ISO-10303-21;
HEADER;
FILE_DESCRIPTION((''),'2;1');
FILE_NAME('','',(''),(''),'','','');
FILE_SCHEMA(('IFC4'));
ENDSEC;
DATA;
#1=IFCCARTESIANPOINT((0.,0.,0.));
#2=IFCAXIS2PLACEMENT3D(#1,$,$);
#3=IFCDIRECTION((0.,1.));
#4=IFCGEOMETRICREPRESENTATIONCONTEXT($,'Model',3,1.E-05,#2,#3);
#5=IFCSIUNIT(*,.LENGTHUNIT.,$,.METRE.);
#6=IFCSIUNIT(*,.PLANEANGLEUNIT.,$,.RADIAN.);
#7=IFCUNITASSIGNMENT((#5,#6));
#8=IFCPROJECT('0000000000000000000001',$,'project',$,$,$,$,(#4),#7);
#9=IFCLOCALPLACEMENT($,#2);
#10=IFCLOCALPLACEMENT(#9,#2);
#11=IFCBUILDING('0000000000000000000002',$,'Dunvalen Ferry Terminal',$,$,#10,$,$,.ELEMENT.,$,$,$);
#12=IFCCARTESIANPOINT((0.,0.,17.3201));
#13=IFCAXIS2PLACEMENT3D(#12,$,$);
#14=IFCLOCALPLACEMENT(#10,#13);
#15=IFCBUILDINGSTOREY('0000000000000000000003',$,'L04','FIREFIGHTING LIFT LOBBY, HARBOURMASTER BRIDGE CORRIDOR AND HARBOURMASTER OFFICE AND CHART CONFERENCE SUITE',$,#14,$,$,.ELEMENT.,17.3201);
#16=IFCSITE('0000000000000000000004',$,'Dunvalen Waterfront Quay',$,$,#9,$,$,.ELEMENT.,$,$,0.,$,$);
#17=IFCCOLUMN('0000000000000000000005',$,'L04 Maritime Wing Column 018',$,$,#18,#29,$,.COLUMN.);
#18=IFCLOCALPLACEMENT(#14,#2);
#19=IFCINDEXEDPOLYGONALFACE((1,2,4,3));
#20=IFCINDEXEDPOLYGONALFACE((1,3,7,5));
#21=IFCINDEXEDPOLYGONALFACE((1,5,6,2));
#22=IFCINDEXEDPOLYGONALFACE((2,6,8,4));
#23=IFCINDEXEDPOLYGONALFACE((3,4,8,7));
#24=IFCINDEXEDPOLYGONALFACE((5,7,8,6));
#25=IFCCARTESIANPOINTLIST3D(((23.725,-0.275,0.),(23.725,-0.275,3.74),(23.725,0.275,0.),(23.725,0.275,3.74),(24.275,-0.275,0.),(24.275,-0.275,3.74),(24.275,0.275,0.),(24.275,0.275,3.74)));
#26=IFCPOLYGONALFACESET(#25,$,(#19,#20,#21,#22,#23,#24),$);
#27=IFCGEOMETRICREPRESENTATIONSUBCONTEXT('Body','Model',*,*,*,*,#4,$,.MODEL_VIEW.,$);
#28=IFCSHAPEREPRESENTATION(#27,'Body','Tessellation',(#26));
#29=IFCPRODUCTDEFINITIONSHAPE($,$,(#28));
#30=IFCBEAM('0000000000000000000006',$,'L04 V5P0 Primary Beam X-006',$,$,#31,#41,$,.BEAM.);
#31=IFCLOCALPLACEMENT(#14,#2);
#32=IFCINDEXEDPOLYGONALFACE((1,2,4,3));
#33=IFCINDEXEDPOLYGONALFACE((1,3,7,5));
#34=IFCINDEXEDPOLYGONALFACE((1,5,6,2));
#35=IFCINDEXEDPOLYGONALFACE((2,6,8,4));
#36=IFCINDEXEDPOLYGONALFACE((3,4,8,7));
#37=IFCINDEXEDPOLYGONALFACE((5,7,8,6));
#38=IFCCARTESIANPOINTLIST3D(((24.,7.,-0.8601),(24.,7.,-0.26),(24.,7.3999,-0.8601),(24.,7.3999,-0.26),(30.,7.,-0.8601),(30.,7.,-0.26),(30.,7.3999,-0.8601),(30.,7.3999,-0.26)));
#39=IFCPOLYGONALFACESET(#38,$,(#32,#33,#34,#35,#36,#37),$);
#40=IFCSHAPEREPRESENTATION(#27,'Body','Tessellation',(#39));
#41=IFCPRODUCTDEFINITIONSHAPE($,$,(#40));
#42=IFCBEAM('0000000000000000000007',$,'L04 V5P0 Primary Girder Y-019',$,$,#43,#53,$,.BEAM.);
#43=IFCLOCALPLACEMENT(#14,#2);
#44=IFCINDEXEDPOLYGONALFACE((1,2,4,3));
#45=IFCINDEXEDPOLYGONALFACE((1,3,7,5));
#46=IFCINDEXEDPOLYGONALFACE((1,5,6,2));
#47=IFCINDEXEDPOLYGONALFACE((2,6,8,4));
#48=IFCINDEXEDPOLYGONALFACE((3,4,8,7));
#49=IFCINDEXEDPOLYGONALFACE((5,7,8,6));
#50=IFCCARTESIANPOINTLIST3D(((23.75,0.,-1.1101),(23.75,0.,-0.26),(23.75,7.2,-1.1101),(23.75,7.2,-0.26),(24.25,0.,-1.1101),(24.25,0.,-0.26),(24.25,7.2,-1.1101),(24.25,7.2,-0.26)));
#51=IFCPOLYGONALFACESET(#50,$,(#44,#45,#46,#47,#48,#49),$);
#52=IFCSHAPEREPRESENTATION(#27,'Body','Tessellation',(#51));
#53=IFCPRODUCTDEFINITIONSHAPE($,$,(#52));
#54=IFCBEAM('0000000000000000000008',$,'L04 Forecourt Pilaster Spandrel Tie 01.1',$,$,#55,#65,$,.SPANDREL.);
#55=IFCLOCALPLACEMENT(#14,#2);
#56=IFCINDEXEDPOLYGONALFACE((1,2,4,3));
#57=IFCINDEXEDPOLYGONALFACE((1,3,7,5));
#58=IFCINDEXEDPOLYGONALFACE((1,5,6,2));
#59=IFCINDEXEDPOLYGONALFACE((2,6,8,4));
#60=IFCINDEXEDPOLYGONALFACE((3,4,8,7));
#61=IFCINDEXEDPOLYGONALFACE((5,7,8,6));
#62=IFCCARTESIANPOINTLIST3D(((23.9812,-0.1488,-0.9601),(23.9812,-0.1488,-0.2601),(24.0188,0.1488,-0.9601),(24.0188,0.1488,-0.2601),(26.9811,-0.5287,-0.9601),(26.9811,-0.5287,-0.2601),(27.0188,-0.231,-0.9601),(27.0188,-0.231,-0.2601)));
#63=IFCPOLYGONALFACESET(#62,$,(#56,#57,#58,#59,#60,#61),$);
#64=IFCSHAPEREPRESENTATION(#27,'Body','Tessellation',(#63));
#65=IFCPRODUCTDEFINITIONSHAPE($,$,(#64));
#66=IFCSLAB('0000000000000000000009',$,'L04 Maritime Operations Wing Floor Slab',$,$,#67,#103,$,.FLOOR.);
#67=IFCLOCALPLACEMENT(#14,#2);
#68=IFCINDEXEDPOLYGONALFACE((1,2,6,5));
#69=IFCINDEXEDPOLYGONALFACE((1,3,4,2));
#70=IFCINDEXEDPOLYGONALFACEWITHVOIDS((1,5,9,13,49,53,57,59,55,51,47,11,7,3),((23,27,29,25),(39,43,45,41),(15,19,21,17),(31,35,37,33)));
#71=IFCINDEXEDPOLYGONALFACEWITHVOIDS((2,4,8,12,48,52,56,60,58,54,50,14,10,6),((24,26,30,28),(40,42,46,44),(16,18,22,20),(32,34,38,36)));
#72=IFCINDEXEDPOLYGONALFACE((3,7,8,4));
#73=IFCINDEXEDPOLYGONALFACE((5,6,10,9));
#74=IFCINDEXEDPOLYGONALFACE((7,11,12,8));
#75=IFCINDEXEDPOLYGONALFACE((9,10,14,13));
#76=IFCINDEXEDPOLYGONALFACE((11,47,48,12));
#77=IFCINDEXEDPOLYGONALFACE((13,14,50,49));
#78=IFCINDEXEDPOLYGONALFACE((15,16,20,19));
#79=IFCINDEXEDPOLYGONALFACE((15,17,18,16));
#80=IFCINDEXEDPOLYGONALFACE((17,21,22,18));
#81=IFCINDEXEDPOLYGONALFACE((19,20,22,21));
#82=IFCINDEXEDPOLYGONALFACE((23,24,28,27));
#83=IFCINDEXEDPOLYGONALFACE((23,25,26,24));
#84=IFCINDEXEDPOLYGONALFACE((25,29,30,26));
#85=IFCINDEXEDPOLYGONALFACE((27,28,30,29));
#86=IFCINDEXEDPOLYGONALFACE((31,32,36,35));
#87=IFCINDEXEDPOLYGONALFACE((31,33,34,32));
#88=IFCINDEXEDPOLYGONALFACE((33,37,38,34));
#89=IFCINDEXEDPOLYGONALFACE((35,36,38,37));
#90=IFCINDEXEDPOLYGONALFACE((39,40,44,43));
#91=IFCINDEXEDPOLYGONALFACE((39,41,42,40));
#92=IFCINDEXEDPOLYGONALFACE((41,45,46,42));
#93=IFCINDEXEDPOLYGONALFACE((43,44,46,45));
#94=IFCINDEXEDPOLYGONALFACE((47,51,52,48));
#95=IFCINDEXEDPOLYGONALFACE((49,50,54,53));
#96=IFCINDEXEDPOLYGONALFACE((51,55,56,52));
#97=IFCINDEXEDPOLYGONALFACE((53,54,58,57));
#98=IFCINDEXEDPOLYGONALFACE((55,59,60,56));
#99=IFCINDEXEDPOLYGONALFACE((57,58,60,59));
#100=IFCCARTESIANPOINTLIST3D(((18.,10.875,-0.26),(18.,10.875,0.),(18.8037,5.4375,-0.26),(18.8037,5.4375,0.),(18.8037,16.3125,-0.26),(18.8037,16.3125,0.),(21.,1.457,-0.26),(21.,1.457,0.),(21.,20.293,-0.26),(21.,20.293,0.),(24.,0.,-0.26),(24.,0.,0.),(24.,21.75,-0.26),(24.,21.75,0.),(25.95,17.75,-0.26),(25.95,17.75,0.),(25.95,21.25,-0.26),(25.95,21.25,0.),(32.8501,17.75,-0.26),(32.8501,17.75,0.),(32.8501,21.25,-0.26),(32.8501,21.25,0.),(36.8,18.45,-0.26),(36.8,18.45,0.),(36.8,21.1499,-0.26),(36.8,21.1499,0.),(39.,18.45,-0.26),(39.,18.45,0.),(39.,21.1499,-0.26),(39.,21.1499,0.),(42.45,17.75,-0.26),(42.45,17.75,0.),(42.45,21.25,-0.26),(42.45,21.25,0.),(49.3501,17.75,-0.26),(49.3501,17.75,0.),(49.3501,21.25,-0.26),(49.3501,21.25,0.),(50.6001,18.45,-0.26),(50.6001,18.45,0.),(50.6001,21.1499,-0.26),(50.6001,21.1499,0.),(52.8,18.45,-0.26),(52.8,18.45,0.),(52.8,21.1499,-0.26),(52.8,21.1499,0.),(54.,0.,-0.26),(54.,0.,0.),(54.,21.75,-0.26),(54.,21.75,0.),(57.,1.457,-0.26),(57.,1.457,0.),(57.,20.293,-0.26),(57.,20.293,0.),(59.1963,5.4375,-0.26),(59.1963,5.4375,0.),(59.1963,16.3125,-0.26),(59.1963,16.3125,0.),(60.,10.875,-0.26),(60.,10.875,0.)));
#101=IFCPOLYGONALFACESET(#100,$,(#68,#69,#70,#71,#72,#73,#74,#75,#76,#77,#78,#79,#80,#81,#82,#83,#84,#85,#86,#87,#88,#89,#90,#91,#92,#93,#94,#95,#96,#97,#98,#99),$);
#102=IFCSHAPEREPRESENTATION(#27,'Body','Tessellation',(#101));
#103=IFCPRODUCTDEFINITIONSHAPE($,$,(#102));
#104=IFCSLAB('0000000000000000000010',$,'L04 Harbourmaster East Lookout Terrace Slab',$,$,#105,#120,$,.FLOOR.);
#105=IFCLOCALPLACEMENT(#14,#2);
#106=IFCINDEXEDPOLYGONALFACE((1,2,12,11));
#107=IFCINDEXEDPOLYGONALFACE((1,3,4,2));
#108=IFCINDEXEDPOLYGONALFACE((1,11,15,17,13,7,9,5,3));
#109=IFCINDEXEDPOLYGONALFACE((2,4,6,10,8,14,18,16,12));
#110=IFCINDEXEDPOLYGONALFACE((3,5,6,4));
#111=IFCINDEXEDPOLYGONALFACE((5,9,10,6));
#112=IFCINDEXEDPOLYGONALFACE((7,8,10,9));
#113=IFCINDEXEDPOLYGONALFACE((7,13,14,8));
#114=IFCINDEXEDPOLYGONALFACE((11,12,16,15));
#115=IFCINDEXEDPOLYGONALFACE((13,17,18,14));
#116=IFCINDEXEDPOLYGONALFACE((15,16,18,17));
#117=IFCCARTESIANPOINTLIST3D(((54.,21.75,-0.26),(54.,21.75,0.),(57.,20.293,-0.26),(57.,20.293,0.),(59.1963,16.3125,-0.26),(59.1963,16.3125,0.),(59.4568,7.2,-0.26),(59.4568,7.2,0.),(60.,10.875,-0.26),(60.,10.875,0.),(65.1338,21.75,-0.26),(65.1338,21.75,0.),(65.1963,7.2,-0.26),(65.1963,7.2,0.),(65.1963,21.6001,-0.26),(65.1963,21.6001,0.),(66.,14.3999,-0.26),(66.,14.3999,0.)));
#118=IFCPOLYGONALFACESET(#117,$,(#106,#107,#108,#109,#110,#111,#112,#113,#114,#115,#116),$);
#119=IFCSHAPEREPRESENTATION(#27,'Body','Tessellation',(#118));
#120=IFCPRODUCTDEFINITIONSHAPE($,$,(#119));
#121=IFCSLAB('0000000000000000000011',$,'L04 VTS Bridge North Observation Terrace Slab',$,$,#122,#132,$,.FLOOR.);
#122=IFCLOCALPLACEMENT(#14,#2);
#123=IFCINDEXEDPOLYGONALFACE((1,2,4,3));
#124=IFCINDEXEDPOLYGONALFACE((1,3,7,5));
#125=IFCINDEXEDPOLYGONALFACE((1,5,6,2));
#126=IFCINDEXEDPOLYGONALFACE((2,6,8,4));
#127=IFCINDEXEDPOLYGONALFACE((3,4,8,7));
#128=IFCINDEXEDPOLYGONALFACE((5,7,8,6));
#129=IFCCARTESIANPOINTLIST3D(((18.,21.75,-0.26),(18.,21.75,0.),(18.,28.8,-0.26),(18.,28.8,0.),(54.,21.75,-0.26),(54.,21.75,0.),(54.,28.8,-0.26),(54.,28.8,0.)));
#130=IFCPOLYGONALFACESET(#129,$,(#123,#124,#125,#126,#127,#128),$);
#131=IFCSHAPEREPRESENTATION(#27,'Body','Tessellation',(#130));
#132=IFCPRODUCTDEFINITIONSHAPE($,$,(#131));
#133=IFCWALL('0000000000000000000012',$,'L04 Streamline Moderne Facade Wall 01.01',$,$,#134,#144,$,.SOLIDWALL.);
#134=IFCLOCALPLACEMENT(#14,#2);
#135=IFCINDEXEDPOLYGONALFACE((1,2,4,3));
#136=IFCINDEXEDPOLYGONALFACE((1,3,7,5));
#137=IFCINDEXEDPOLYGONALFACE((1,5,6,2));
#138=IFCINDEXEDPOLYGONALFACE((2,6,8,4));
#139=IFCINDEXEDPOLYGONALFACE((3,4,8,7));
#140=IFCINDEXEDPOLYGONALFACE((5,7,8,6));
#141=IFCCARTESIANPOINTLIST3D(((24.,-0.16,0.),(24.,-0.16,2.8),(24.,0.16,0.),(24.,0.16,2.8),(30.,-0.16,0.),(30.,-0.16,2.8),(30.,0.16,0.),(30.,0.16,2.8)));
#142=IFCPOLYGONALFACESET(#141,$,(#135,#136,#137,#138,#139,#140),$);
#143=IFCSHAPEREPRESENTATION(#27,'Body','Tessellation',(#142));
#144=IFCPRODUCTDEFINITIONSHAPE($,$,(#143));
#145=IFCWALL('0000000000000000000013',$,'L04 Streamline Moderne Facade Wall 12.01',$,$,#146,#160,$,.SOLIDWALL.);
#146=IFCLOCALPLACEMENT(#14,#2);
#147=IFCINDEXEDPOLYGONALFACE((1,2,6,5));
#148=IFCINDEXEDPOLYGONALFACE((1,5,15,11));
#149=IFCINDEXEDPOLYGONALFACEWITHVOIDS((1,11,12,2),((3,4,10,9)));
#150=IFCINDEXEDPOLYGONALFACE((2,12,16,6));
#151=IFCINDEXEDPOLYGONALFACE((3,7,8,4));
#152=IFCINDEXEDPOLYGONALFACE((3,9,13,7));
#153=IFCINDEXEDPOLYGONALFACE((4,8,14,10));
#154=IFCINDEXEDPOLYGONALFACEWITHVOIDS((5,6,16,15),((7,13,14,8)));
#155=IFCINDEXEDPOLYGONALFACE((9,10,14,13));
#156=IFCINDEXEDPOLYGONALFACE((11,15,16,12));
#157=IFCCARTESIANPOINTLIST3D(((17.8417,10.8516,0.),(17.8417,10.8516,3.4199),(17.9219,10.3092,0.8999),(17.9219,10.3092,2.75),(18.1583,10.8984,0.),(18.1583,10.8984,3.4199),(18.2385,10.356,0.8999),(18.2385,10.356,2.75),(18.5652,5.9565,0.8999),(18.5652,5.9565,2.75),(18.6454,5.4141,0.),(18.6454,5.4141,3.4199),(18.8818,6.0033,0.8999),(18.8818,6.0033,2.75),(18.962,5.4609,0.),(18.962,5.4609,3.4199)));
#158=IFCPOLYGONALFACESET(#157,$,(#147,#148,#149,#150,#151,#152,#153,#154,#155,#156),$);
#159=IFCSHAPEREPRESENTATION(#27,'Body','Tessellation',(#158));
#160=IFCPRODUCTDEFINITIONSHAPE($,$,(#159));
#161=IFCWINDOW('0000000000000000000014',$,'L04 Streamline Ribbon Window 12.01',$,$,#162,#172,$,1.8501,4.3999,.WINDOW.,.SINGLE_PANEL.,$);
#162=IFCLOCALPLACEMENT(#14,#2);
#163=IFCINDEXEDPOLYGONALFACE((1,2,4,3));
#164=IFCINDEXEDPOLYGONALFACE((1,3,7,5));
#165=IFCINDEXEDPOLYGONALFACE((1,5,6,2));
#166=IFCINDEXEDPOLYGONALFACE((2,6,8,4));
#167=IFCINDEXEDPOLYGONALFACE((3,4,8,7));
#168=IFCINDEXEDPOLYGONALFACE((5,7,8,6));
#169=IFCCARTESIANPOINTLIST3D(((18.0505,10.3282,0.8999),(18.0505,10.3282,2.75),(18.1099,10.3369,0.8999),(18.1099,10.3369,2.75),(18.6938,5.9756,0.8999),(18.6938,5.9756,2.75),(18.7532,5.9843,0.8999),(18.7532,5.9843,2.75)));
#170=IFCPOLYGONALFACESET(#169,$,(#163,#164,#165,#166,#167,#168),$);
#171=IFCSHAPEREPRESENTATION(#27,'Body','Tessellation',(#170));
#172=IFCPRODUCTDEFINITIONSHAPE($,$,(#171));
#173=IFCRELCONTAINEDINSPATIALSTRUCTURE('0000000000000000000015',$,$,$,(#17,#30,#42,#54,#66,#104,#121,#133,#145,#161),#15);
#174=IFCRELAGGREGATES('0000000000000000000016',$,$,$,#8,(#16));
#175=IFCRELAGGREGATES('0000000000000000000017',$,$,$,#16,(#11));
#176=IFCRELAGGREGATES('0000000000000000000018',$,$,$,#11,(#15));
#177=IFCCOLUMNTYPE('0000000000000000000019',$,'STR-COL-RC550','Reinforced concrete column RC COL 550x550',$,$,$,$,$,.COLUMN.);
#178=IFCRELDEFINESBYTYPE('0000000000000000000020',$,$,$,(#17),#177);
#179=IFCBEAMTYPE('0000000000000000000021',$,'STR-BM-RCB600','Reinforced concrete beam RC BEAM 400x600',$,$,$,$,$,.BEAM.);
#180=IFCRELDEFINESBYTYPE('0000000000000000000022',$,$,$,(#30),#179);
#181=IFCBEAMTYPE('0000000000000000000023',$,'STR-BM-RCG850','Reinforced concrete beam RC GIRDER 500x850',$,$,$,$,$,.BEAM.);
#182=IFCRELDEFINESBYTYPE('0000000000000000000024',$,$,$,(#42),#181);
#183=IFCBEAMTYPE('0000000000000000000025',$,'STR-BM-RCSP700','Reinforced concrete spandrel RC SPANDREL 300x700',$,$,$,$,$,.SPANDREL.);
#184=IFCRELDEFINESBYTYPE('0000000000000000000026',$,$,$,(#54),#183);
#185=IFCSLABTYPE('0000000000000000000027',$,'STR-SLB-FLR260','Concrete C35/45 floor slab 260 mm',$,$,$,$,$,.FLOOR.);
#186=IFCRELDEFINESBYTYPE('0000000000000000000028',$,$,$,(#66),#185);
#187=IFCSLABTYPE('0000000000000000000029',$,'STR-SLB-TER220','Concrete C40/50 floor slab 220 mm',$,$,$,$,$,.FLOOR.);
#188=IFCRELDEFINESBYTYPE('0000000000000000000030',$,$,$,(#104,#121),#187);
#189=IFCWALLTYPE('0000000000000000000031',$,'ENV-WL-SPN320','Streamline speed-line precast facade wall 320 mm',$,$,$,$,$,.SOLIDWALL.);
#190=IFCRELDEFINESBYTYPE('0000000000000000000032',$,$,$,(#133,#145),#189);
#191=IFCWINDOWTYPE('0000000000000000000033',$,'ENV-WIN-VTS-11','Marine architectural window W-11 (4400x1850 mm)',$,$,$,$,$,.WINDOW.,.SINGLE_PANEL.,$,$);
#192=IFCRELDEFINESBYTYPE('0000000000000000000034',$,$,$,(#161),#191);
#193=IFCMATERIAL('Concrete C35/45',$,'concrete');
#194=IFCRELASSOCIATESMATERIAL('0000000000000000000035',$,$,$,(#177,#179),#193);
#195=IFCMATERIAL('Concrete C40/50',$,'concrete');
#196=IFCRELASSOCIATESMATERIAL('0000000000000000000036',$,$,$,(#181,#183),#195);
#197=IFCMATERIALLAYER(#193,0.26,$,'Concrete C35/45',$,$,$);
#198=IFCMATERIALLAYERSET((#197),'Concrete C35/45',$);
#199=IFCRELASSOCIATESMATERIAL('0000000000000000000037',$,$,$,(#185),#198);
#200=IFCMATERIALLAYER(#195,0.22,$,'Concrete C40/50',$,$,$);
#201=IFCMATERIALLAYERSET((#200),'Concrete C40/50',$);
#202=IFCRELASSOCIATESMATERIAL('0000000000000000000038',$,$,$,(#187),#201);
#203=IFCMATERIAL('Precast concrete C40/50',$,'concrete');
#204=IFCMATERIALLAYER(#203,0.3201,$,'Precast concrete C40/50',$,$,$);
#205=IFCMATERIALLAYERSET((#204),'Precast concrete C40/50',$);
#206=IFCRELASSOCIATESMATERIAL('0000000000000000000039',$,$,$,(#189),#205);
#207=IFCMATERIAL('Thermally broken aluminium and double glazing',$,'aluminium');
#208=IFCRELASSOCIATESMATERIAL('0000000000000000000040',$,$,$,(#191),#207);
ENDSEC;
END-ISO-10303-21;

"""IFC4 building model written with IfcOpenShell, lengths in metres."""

from ifc_helpers import new_model, si_unit, direction, frame, frame_2d, origin, origin_2d, place, context, subcontext, project, spatial, polyline, rectangle, outline, extrude, material, layer, layer_set, material_profile, profile_set, type_object, element, fill, save


model = new_model("IFC4")

# Units and contexts
model_context = context("Model", 3, precision=1e-05, world=origin(), true_north=direction((0.0, 1.0)))
body_context = subcontext(model_context, "Body", "Model", "MODEL_VIEW")
ifc_project = project(units=[si_unit("LENGTHUNIT", "METRE"), si_unit("PLANEANGLEUNIT", "RADIAN")], contexts=[model_context])

# Site, building, storey
site_placement = place(None, origin())
site = spatial("IfcSite", under=ifc_project, at=site_placement, Name="Dunvalen Waterfront Quay", CompositionType="ELEMENT", RefElevation=0.0)
building_placement = place(site_placement, origin())
building = spatial("IfcBuilding", under=site, at=building_placement, Name="Dunvalen Ferry Terminal", CompositionType="ELEMENT")
storey_placement = place(building_placement, frame((0.0, 0.0, 17.3201)))
storey = spatial("IfcBuildingStorey", under=building, at=storey_placement, Name="L04", Description="FIREFIGHTING LIFT LOBBY, HARBOURMASTER BRIDGE CORRIDOR AND HARBOURMASTER OFFICE AND CHART CONFERENCE SUITE", CompositionType="ELEMENT", Elevation=17.3201)

# Column
ifc_material_1 = material(Name="Concrete C35/45", Category="concrete")
ifc_material_profile_1 = material_profile(ifc_material_1, rectangle(XDim=0.55, YDim=0.55, at=origin_2d()), Name="Concrete C35/45")
ifc_profile_set_1 = profile_set([ifc_material_profile_1], Name="Concrete C35/45")
column_type = type_object("IfcColumnType", Name="STR-COL-RC550", Description="Reinforced concrete column RC COL 550x550", PredefinedType="COLUMN", material=ifc_profile_set_1)
column_placement = place(storey_placement, frame((24.0, 0.0, 0.0), z_axis=(0.0, 0.0, 1.0), x_axis=(1.0, 0.0, 0.0)))
element("IfcColumn", 1, at=column_placement, inside=storey, type_object=column_type, Name="L04 Maritime Wing Column 018", PredefinedType="COLUMN", context=body_context, shape_type="SweptSolid", body=[
    extrude(rectangle(XDim=0.55, YDim=0.55, at=origin_2d()), origin(), (0.0, 0.0, 1.0), 3.74),
])

# Beams
ifc_material_profile_2 = material_profile(ifc_material_1, rectangle(XDim=0.3999, YDim=0.6001, at=origin_2d()), Name="Concrete C35/45")
ifc_profile_set_2 = profile_set([ifc_material_profile_2], Name="Concrete C35/45")
beam_type_1 = type_object("IfcBeamType", Name="STR-BM-RCB600", Description="Reinforced concrete beam RC BEAM 400x600", PredefinedType="BEAM", material=ifc_profile_set_2)
beam_1_placement = place(storey_placement, frame((24.0, 7.2, -0.5601), z_axis=(1.0, 0.0, 0.0), x_axis=(0.0, 1.0, 0.0)))
element("IfcBeam", 2, at=beam_1_placement, inside=storey, type_object=beam_type_1, Name="L04 V5P0 Primary Beam X-006", PredefinedType="BEAM", context=body_context, shape_type="SweptSolid", body=[
    extrude(rectangle(XDim=0.3999, YDim=0.6001, at=origin_2d()), origin(), (0.0, 0.0, 1.0), 6.0),
])
ifc_material_2 = material(Name="Concrete C40/50", Category="concrete")
ifc_material_profile_3 = material_profile(ifc_material_2, rectangle(XDim=0.5, YDim=0.8501, at=origin_2d()), Name="Concrete C40/50")
ifc_profile_set_3 = profile_set([ifc_material_profile_3], Name="Concrete C40/50")
beam_type_2 = type_object("IfcBeamType", Name="STR-BM-RCG850", Description="Reinforced concrete beam RC GIRDER 500x850", PredefinedType="BEAM", material=ifc_profile_set_3)
beam_2_placement = place(storey_placement, frame((24.0, 0.0, -0.6851), z_axis=(0.0, 1.0, 0.0), x_axis=(-1.0, 0.0, 0.0)))
element("IfcBeam", 3, at=beam_2_placement, inside=storey, type_object=beam_type_2, Name="L04 V5P0 Primary Girder Y-019", PredefinedType="BEAM", context=body_context, shape_type="SweptSolid", body=[
    extrude(rectangle(XDim=0.5, YDim=0.8501, at=origin_2d()), origin(), (0.0, 0.0, 1.0), 7.2),
])
ifc_material_profile_4 = material_profile(ifc_material_2, rectangle(XDim=0.3, YDim=0.7, at=origin_2d()), Name="Concrete C40/50")
ifc_profile_set_4 = profile_set([ifc_material_profile_4], Name="Concrete C40/50")
beam_type_3 = type_object("IfcBeamType", Name="STR-BM-RCSP700", Description="Reinforced concrete spandrel RC SPANDREL 300x700", PredefinedType="SPANDREL", material=ifc_profile_set_4)
beam_3_placement = place(storey_placement, frame((24.0, 0.0, -0.6101), z_axis=(0.992078, -0.125624, 0.0), x_axis=(0.125624, 0.992078, 0.0)))
element("IfcBeam", 4, at=beam_3_placement, inside=storey, type_object=beam_type_3, Name="L04 Forecourt Pilaster Spandrel Tie 01.1", PredefinedType="SPANDREL", context=body_context, shape_type="SweptSolid", body=[
    extrude(rectangle(XDim=0.3, YDim=0.7, at=origin_2d()), origin(), (0.0, 0.0, 1.0), 3.0239),
])

# Slabs
ifc_layer_1 = layer(ifc_material_1, 0.26, Name="Concrete C35/45")
ifc_layer_set_1 = layer_set([ifc_layer_1], Name="Concrete C35/45")
slab_type_1 = type_object("IfcSlabType", Name="STR-SLB-FLR260", Description="Concrete C35/45 floor slab 260 mm", PredefinedType="FLOOR", material=ifc_layer_set_1)
slab_1_placement = place(storey_placement, frame((0.0, 0.0, -0.26)))
element("IfcSlab", 5, at=slab_1_placement, inside=storey, type_object=slab_type_1, Name="L04 Maritime Operations Wing Floor Slab", PredefinedType="FLOOR", context=body_context, shape_type="SweptSolid", body=[
    extrude(outline(polyline([(24.0, 0.0), (54.0, 0.0), (57.0, 1.457), (59.1963, 5.4375), (60.0, 10.875), (59.1963, 16.3125), (57.0, 20.293), (54.0, 21.75), (24.0, 21.75), (21.0, 20.293), (18.8037, 16.3125), (18.0, 10.875), (18.8037, 5.4375), (21.0, 1.457), (24.0, 0.0)]), holes=[polyline([(25.95, 17.75), (32.8501, 17.75), (32.8501, 21.25), (25.95, 21.25), (25.95, 17.75)]), polyline([(42.45, 17.75), (49.3501, 17.75), (49.3501, 21.25), (42.45, 21.25), (42.45, 17.75)]), polyline([(36.8, 18.45), (39.0, 18.45), (39.0, 21.1499), (36.8, 21.1499), (36.8, 18.45)]), polyline([(50.6001, 18.45), (52.8, 18.45), (52.8, 21.1499), (50.6001, 21.1499), (50.6001, 18.45)])]), origin(), (0.0, 0.0, 1.0), 0.26),
])
ifc_layer_2 = layer(ifc_material_2, 0.22, Name="Concrete C40/50")
ifc_layer_set_2 = layer_set([ifc_layer_2], Name="Concrete C40/50")
slab_type_2 = type_object("IfcSlabType", Name="STR-SLB-TER220", Description="Concrete C40/50 floor slab 220 mm", PredefinedType="FLOOR", material=ifc_layer_set_2)
slab_2_placement = place(storey_placement, frame((0.0, 0.0, -0.26)))
element("IfcSlab", 6, at=slab_2_placement, inside=storey, type_object=slab_type_2, Name="L04 Harbourmaster East Lookout Terrace Slab", PredefinedType="FLOOR", context=body_context, shape_type="SweptSolid", body=[
    extrude(outline(polyline([(65.1963, 7.2), (66.0, 14.3999), (65.1963, 21.6001), (65.1338, 21.75), (54.0, 21.75), (57.0, 20.293), (59.1963, 16.3125), (60.0, 10.875), (59.4568, 7.2), (65.1963, 7.2)])), origin(), (0.0, 0.0, 1.0), 0.26),
])
slab_3_placement = place(storey_placement, frame((0.0, 0.0, -0.26)))
element("IfcSlab", 7, at=slab_3_placement, inside=storey, type_object=slab_type_2, Name="L04 VTS Bridge North Observation Terrace Slab", PredefinedType="FLOOR", context=body_context, shape_type="SweptSolid", body=[
    extrude(outline(polyline([(18.0, 21.75), (54.0, 21.75), (54.0, 28.8), (18.0, 28.8), (18.0, 21.75)])), origin(), (0.0, 0.0, 1.0), 0.26),
])

# Wall
ifc_material_3 = material(Name="Precast concrete C40/50", Category="concrete")
ifc_layer_3 = layer(ifc_material_3, 0.3201, Name="Precast concrete C40/50")
ifc_layer_set_3 = layer_set([ifc_layer_3], Name="Precast concrete C40/50")
wall_type = type_object("IfcWallType", Name="ENV-WL-SPN320", Description="Streamline speed-line precast facade wall 320 mm", PredefinedType="SOLIDWALL", material=ifc_layer_set_3)
wall_1_placement = place(storey_placement, frame((24.0, 0.0, 0.0), z_axis=(0.0, 0.0, 1.0), x_axis=(1.0, 0.0, 0.0)))
element("IfcWall", 8, at=wall_1_placement, inside=storey, type_object=wall_type, Name="L04 Streamline Moderne Facade Wall 01.01", PredefinedType="SOLIDWALL", context=body_context, shape_type="SweptSolid", body=[
    extrude(rectangle(XDim=6.0, YDim=0.3201, at=frame_2d((3.0, 0.0))), origin(), (0.0, 0.0, 1.0), 2.8),
])

# Wall, opening, window
wall_2_placement = place(storey_placement, frame((18.0, 10.875, 0.0), z_axis=(0.0, 0.0, 1.0), x_axis=(0.14622, -0.989252, 0.0)))
wall_2 = element("IfcWall", 9, at=wall_2_placement, inside=storey, type_object=wall_type, Name="L04 Streamline Moderne Facade Wall 12.01", PredefinedType="SOLIDWALL", context=body_context, shape_type="SweptSolid", body=[
    extrude(rectangle(XDim=5.4966, YDim=0.3201, at=frame_2d((2.7483, 0.0))), origin(), (0.0, 0.0, 1.0), 3.4199),
])
opening_1_placement = place(wall_2_placement, frame((0.5483, 0.0, 0.8999)))
opening_1 = element("IfcOpeningElement", 10, at=opening_1_placement, cuts=wall_2, PredefinedType="OPENING", context=body_context, shape_type="SweptSolid", body=[
    extrude(rectangle(XDim=4.3999, YDim=1.8501, at=frame_2d((2.2, 0.925))), frame((0.0, 0.1699, 0.0), z_axis=(0.0, -1.0, 0.0), x_axis=(1.0, 0.0, 0.0)), (0.0, 0.0, 1.0), 0.3401),
])
ifc_material_4 = material(Name="Thermally broken aluminium and double glazing", Category="aluminium")
window_type_1 = type_object("IfcWindowType", Name="ENV-WIN-VTS-11", Description="Marine architectural window W-11 (4400x1850 mm)", PartitioningType="SINGLE_PANEL", PredefinedType="WINDOW", material=ifc_material_4)
window_1_placement = place(opening_1_placement, origin())
window_1 = element("IfcWindow", 11, at=window_1_placement, inside=storey, type_object=window_type_1, Name="L04 Streamline Ribbon Window 12.01", OverallHeight=1.8501, OverallWidth=4.3999, PartitioningType="SINGLE_PANEL", PredefinedType="WINDOW", context=body_context, shape_type="SweptSolid", body=[
    extrude(rectangle(XDim=4.3999, YDim=1.8501, at=frame_2d((2.2, 0.925))), frame((0.0, 0.03, 0.0), z_axis=(0.0, -1.0, 0.0), x_axis=(1.0, 0.0, 0.0)), (0.0, 0.0, 1.0), 0.0601),
])
fill(opening_1, window_1)

save(model, "model.ifc")
